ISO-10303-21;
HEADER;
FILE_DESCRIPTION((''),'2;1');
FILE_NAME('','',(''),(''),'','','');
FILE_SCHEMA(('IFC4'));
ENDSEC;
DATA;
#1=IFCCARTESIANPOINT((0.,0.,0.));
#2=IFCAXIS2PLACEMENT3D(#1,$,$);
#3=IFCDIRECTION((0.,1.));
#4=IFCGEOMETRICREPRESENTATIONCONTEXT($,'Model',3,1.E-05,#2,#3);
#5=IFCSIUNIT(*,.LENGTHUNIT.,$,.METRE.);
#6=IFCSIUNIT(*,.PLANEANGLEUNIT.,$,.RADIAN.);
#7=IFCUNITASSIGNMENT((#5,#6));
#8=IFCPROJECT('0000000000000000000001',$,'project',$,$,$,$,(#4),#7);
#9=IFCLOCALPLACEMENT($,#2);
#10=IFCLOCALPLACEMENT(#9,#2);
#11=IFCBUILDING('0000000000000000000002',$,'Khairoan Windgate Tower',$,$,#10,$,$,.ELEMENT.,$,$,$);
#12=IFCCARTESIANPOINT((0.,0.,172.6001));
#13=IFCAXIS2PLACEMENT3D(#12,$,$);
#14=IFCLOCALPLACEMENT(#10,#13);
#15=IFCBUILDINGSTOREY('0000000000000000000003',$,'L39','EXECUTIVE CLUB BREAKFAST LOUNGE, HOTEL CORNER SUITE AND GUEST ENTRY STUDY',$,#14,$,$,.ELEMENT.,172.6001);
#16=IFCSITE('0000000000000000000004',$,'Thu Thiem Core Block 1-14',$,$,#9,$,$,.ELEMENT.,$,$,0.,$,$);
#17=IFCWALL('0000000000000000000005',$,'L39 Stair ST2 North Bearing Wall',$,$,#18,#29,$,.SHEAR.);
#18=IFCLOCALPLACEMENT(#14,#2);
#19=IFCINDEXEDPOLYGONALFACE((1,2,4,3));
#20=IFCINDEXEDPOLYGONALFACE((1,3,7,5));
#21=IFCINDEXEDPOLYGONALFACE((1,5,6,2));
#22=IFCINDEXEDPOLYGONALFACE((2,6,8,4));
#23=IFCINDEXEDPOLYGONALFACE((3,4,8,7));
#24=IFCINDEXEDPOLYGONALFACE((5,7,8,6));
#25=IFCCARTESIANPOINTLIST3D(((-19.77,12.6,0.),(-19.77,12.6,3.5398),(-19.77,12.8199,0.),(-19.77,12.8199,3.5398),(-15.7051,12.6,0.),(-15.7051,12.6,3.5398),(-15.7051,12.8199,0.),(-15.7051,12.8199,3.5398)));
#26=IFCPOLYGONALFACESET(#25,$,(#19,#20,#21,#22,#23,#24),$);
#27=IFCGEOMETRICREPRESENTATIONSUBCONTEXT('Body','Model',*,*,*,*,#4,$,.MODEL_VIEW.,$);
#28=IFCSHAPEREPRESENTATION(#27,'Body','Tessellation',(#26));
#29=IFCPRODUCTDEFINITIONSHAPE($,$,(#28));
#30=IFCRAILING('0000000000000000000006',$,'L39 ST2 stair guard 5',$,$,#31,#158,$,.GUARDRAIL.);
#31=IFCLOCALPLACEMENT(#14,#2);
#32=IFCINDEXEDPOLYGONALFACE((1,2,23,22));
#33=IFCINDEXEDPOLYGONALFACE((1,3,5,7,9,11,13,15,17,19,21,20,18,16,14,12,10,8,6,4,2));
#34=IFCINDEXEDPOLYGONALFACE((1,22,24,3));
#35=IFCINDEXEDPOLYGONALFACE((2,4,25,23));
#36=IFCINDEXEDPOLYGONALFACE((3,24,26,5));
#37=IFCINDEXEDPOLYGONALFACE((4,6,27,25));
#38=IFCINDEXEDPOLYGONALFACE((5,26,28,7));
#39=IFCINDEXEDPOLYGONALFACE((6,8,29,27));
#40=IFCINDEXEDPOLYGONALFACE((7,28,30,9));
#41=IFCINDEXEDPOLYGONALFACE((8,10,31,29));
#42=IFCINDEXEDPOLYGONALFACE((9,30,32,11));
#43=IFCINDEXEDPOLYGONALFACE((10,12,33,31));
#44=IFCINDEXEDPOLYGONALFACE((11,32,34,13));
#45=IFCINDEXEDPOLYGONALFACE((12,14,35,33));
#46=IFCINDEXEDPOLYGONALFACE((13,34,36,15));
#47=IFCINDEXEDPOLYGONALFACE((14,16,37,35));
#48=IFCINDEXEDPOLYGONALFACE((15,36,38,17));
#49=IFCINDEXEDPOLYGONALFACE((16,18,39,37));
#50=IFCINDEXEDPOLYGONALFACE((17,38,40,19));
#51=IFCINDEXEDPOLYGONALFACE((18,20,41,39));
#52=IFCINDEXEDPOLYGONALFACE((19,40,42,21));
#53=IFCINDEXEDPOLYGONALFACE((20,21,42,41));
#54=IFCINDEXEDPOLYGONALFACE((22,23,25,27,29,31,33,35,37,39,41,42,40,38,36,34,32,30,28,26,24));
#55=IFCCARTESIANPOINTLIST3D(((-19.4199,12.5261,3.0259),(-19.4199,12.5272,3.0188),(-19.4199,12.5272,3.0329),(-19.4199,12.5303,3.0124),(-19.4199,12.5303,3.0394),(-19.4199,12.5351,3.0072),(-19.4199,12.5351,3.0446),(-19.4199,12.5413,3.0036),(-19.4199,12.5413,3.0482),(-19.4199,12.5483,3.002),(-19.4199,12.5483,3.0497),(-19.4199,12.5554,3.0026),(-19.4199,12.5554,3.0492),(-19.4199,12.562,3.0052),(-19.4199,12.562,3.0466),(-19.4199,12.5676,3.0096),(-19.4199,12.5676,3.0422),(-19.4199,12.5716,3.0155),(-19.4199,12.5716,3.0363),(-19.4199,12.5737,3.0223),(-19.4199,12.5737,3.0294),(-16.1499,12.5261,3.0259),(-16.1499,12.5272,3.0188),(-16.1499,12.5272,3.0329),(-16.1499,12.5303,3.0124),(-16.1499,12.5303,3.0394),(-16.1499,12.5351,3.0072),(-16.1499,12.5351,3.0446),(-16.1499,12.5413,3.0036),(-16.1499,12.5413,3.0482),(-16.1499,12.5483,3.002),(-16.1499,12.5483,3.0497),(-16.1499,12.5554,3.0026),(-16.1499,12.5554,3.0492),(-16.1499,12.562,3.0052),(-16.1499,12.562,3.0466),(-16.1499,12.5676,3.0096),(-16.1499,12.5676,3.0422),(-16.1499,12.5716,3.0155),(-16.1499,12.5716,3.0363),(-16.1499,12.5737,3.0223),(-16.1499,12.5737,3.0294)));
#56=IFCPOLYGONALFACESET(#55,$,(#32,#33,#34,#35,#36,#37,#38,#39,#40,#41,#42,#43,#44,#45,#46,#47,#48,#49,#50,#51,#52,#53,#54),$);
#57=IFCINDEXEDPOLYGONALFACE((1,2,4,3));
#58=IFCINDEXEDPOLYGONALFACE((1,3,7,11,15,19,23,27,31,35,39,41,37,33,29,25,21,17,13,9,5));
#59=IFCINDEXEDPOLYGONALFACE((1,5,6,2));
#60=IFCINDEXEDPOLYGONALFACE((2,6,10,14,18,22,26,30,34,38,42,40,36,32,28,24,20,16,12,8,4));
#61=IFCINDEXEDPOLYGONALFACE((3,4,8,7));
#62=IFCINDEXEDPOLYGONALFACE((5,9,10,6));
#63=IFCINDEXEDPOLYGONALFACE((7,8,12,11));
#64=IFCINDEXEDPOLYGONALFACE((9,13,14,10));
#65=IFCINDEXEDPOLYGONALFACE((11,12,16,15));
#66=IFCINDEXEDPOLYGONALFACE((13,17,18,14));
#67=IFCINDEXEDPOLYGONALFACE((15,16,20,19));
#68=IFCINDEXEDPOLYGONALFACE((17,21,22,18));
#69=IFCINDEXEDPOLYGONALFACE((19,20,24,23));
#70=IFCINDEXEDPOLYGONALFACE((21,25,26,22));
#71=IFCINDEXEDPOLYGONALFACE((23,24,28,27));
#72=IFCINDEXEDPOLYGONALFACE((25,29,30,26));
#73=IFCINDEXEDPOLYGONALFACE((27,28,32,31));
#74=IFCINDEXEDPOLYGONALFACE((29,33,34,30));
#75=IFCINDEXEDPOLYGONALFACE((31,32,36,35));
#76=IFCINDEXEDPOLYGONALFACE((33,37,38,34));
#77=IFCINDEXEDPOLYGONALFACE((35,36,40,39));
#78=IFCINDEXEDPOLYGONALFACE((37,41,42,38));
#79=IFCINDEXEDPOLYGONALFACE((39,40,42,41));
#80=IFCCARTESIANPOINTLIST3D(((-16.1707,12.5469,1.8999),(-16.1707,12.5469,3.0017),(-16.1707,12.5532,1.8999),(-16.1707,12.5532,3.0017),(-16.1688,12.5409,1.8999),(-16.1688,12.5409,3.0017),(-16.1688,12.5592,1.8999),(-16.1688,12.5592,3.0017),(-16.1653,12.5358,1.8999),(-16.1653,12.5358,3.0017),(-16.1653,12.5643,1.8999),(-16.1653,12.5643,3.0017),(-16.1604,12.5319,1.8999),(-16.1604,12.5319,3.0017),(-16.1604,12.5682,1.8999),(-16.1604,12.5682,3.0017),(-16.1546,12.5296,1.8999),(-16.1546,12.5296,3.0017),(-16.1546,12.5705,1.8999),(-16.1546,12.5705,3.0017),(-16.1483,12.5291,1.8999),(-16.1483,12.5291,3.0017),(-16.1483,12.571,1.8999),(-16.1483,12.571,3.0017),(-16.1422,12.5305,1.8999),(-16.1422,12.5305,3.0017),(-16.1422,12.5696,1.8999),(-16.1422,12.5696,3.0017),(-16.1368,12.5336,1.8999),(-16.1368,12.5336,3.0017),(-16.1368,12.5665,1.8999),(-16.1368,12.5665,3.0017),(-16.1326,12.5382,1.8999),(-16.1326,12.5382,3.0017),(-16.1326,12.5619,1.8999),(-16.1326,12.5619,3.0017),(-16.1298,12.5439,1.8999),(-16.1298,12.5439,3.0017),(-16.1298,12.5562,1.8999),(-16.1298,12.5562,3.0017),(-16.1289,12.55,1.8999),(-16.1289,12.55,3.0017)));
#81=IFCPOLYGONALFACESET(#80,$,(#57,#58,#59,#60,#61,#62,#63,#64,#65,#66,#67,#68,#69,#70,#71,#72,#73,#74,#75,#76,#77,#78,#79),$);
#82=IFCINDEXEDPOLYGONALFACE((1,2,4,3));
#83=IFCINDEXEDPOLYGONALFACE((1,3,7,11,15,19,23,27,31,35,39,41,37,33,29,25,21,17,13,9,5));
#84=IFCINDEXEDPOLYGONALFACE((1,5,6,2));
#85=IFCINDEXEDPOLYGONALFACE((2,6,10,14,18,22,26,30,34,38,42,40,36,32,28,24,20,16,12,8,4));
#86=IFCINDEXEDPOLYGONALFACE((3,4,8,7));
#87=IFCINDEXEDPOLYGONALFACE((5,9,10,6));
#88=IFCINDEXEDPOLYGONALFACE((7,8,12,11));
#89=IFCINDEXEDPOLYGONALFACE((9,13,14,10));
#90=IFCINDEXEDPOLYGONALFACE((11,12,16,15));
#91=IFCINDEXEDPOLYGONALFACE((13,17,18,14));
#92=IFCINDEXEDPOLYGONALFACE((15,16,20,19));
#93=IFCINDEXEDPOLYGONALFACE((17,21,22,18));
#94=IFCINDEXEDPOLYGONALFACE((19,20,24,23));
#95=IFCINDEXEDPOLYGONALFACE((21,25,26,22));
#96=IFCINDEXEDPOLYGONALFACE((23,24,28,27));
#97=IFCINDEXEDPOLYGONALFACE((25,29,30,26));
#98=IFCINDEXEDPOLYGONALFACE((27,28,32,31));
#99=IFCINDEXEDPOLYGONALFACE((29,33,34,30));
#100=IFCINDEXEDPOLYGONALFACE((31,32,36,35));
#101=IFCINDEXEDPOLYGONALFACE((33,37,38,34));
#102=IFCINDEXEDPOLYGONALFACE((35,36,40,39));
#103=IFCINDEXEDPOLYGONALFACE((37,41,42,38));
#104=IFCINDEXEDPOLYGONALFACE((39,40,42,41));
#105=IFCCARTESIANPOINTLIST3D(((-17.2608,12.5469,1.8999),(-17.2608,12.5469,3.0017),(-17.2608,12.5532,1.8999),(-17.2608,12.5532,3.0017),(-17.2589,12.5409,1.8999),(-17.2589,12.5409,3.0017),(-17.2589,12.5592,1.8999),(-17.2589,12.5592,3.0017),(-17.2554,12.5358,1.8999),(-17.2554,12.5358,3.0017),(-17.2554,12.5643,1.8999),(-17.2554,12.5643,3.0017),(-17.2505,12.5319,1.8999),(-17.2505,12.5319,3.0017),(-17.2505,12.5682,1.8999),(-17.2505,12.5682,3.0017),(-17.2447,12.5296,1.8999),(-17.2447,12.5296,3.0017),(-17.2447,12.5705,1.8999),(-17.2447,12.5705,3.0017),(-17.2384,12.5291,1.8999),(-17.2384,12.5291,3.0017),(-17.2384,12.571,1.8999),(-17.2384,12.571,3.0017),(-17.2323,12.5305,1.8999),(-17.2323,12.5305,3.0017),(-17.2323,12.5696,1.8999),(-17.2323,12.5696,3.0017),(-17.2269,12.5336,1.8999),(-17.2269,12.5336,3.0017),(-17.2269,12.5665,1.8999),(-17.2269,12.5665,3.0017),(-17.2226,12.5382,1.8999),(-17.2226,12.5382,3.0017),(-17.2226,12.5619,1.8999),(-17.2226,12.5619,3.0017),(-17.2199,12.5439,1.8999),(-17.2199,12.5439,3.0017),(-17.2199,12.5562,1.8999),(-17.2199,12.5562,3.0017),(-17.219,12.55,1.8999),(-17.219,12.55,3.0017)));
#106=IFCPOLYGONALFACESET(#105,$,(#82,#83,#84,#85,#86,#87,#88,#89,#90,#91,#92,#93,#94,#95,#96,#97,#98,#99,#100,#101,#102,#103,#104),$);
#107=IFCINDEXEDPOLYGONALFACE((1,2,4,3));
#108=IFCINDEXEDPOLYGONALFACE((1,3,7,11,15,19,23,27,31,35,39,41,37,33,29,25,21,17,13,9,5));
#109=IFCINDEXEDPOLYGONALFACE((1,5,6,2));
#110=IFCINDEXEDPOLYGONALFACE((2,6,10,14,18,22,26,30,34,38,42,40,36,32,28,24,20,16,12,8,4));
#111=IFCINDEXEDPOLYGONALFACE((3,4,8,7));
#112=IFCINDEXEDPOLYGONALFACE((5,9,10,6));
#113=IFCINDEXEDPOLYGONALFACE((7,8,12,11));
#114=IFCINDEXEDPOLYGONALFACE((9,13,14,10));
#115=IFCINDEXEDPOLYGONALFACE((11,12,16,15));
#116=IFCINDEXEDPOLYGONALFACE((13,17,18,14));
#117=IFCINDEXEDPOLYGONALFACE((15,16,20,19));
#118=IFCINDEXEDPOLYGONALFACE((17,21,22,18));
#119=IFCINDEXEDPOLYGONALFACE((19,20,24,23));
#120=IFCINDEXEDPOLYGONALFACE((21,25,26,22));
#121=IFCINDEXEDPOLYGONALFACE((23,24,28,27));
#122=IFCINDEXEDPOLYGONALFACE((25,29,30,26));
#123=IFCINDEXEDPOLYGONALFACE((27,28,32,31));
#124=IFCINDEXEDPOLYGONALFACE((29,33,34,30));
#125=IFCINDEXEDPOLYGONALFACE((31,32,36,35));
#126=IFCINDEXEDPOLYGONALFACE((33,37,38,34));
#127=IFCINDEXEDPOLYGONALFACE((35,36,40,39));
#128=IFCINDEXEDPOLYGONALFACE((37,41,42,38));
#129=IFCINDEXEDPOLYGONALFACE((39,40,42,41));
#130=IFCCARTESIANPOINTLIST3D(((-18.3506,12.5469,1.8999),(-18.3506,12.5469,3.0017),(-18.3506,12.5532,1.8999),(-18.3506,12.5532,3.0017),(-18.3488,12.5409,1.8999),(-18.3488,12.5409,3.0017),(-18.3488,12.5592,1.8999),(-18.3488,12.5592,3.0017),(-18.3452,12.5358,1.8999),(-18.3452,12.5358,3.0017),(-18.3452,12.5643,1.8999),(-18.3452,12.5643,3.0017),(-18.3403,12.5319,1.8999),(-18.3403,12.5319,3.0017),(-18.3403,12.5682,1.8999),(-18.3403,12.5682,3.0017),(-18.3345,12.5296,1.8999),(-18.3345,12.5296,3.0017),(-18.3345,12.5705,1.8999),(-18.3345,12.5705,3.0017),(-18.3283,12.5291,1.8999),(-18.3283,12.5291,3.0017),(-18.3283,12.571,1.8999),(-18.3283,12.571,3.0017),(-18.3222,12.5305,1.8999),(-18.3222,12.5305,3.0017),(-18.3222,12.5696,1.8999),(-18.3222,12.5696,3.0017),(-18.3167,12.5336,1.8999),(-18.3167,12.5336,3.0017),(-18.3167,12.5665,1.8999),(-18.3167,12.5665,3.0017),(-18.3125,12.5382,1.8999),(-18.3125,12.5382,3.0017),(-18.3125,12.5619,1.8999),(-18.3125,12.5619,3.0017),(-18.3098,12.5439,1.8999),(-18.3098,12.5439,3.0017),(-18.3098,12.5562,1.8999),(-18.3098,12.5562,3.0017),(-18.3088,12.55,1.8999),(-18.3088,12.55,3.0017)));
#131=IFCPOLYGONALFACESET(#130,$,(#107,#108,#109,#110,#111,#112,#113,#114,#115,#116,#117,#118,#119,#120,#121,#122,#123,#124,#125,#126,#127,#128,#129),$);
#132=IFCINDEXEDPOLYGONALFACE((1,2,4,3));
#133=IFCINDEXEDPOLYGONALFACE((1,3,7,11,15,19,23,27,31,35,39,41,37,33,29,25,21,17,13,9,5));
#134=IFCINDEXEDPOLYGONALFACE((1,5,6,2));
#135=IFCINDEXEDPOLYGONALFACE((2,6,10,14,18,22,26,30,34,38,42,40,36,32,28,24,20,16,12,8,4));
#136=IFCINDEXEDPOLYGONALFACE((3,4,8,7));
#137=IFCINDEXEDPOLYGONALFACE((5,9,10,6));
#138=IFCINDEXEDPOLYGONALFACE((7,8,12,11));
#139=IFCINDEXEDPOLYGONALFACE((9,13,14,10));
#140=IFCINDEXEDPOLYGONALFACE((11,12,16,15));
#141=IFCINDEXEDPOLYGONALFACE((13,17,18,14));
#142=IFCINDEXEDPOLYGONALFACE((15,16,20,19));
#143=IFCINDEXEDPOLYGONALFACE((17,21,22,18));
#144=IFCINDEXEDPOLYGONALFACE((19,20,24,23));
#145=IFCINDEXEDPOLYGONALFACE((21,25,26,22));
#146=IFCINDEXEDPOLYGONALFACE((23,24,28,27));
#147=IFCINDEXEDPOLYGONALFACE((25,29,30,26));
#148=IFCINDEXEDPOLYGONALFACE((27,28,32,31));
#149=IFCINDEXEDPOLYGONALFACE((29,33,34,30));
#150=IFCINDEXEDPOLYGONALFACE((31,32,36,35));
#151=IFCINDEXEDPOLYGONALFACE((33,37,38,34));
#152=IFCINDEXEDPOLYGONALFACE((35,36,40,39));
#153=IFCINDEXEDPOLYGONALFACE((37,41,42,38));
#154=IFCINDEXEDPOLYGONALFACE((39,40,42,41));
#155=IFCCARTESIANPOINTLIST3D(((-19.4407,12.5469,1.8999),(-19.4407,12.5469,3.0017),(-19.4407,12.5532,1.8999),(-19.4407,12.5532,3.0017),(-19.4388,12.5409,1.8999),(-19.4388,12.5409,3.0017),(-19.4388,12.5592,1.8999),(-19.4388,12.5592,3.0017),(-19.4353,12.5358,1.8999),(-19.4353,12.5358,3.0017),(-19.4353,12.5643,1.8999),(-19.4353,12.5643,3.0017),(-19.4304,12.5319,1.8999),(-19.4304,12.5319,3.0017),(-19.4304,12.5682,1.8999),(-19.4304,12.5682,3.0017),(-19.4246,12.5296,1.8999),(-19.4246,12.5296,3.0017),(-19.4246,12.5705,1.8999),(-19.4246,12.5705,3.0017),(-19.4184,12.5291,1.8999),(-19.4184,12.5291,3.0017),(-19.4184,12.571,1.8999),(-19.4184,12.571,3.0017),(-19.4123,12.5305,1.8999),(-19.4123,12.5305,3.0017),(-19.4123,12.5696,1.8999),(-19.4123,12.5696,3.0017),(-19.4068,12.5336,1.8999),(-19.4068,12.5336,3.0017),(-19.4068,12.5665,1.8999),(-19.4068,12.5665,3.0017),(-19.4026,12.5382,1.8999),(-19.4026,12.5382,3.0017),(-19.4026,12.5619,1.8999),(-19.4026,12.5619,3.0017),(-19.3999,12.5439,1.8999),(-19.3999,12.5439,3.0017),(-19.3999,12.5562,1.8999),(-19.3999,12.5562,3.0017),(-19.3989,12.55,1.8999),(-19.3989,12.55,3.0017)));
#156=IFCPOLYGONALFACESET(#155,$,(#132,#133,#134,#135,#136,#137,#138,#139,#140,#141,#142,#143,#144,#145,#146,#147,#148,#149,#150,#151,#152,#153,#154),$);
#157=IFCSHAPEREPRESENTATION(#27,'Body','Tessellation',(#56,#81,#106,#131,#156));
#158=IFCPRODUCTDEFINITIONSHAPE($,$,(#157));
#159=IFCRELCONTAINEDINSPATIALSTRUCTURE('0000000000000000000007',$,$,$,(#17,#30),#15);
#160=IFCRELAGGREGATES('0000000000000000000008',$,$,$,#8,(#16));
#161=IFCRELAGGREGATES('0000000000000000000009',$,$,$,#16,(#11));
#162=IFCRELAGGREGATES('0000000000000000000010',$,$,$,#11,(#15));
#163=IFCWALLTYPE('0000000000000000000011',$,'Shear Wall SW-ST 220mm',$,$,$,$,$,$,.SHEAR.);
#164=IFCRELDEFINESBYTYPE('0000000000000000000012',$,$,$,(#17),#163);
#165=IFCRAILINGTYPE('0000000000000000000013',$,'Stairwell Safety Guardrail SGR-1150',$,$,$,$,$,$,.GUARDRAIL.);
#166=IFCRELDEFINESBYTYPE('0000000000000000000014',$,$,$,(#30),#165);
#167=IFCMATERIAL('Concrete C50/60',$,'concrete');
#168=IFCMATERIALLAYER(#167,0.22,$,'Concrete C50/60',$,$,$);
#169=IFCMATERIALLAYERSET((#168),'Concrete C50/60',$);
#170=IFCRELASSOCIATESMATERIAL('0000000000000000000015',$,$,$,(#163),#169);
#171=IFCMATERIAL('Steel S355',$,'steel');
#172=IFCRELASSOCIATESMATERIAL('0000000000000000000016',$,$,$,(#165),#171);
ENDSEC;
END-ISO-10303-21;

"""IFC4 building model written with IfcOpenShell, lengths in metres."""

from ifc_helpers import new_model, si_unit, direction, frame, frame_2d, origin, origin_2d, place, context, subcontext, project, spatial, rectangle, circle, extrude, material, layer, layer_set, type_object, element, save


model = new_model("IFC4")

# Units and contexts
model_context = context("Model", 3, precision=1e-05, world=origin(), true_north=direction((0.0, 1.0)))
body_context = subcontext(model_context, "Body", "Model", "MODEL_VIEW")
ifc_project = project(units=[si_unit("LENGTHUNIT", "METRE"), si_unit("PLANEANGLEUNIT", "RADIAN")], contexts=[model_context])

# Site, building, storey
site_placement = place(None, origin())
site = spatial("IfcSite", under=ifc_project, at=site_placement, Name="Thu Thiem Core Block 1-14", CompositionType="ELEMENT", RefElevation=0.0)
building_placement = place(site_placement, origin())
building = spatial("IfcBuilding", under=site, at=building_placement, Name="Khairoan Windgate Tower", CompositionType="ELEMENT")
storey_placement = place(building_placement, frame((0.0, 0.0, 172.6001)))
storey = spatial("IfcBuildingStorey", under=building, at=storey_placement, Name="L39", Description="EXECUTIVE CLUB BREAKFAST LOUNGE, HOTEL CORNER SUITE AND GUEST ENTRY STUDY", CompositionType="ELEMENT", Elevation=172.6001)

# Wall
ifc_material_1 = material(Name="Concrete C50/60", Category="concrete")
ifc_layer_1 = layer(ifc_material_1, 0.22, Name="Concrete C50/60")
ifc_layer_set_1 = layer_set([ifc_layer_1], Name="Concrete C50/60")
wall_type_1 = type_object("IfcWallType", Name="Shear Wall SW-ST 220mm", PredefinedType="SHEAR", material=ifc_layer_set_1)
wall_1_placement = place(storey_placement, frame((-19.77, 12.71, 0.0), z_axis=(0.0, 0.0, 1.0), x_axis=(1.0, 0.0, 0.0)))
element("IfcWall", 1, at=wall_1_placement, inside=storey, type_object=wall_type_1, Name="L39 Stair ST2 North Bearing Wall", PredefinedType="SHEAR", context=body_context, shape_type="SweptSolid", body=[
    extrude(rectangle(XDim=4.0649, YDim=0.22, at=frame_2d((2.0325, 0.0))), origin(), (0.0, 0.0, 1.0), 3.5398),
])

# Railing
ifc_material_2 = material(Name="Steel S355", Category="steel")
railing_type = type_object("IfcRailingType", Name="Stairwell Safety Guardrail SGR-1150", PredefinedType="GUARDRAIL", material=ifc_material_2)
railing_1_placement = place(storey_placement, frame((-16.1499, 12.55, 1.8999)))
element("IfcRailing", 2, at=railing_1_placement, inside=storey, type_object=railing_type, Name="L39 ST2 stair guard 5", PredefinedType="GUARDRAIL", context=body_context, shape_type="SweptSolid", body=[
    extrude(circle(Radius=0.0239, at=origin_2d()), frame((0.0, 0.0, 1.126), z_axis=(-1.0, 0.0, 0.0), x_axis=(0.0, -1.0, 0.0)), (0.0, 0.0, 1.0), 3.27),
    extrude(circle(Radius=0.021, at=origin_2d()), origin(), (0.0, 0.0, 1.0), 1.1018),
    extrude(circle(Radius=0.021, at=origin_2d()), frame((-1.0901, 0.0, 0.0)), (0.0, 0.0, 1.0), 1.1018),
    extrude(circle(Radius=0.021, at=origin_2d()), frame((-2.1799, 0.0, 0.0)), (0.0, 0.0, 1.0), 1.1018),
    extrude(circle(Radius=0.021, at=origin_2d()), frame((-3.27, 0.0, 0.0)), (0.0, 0.0, 1.0), 1.1018),
])

save(model, "model.ifc")
